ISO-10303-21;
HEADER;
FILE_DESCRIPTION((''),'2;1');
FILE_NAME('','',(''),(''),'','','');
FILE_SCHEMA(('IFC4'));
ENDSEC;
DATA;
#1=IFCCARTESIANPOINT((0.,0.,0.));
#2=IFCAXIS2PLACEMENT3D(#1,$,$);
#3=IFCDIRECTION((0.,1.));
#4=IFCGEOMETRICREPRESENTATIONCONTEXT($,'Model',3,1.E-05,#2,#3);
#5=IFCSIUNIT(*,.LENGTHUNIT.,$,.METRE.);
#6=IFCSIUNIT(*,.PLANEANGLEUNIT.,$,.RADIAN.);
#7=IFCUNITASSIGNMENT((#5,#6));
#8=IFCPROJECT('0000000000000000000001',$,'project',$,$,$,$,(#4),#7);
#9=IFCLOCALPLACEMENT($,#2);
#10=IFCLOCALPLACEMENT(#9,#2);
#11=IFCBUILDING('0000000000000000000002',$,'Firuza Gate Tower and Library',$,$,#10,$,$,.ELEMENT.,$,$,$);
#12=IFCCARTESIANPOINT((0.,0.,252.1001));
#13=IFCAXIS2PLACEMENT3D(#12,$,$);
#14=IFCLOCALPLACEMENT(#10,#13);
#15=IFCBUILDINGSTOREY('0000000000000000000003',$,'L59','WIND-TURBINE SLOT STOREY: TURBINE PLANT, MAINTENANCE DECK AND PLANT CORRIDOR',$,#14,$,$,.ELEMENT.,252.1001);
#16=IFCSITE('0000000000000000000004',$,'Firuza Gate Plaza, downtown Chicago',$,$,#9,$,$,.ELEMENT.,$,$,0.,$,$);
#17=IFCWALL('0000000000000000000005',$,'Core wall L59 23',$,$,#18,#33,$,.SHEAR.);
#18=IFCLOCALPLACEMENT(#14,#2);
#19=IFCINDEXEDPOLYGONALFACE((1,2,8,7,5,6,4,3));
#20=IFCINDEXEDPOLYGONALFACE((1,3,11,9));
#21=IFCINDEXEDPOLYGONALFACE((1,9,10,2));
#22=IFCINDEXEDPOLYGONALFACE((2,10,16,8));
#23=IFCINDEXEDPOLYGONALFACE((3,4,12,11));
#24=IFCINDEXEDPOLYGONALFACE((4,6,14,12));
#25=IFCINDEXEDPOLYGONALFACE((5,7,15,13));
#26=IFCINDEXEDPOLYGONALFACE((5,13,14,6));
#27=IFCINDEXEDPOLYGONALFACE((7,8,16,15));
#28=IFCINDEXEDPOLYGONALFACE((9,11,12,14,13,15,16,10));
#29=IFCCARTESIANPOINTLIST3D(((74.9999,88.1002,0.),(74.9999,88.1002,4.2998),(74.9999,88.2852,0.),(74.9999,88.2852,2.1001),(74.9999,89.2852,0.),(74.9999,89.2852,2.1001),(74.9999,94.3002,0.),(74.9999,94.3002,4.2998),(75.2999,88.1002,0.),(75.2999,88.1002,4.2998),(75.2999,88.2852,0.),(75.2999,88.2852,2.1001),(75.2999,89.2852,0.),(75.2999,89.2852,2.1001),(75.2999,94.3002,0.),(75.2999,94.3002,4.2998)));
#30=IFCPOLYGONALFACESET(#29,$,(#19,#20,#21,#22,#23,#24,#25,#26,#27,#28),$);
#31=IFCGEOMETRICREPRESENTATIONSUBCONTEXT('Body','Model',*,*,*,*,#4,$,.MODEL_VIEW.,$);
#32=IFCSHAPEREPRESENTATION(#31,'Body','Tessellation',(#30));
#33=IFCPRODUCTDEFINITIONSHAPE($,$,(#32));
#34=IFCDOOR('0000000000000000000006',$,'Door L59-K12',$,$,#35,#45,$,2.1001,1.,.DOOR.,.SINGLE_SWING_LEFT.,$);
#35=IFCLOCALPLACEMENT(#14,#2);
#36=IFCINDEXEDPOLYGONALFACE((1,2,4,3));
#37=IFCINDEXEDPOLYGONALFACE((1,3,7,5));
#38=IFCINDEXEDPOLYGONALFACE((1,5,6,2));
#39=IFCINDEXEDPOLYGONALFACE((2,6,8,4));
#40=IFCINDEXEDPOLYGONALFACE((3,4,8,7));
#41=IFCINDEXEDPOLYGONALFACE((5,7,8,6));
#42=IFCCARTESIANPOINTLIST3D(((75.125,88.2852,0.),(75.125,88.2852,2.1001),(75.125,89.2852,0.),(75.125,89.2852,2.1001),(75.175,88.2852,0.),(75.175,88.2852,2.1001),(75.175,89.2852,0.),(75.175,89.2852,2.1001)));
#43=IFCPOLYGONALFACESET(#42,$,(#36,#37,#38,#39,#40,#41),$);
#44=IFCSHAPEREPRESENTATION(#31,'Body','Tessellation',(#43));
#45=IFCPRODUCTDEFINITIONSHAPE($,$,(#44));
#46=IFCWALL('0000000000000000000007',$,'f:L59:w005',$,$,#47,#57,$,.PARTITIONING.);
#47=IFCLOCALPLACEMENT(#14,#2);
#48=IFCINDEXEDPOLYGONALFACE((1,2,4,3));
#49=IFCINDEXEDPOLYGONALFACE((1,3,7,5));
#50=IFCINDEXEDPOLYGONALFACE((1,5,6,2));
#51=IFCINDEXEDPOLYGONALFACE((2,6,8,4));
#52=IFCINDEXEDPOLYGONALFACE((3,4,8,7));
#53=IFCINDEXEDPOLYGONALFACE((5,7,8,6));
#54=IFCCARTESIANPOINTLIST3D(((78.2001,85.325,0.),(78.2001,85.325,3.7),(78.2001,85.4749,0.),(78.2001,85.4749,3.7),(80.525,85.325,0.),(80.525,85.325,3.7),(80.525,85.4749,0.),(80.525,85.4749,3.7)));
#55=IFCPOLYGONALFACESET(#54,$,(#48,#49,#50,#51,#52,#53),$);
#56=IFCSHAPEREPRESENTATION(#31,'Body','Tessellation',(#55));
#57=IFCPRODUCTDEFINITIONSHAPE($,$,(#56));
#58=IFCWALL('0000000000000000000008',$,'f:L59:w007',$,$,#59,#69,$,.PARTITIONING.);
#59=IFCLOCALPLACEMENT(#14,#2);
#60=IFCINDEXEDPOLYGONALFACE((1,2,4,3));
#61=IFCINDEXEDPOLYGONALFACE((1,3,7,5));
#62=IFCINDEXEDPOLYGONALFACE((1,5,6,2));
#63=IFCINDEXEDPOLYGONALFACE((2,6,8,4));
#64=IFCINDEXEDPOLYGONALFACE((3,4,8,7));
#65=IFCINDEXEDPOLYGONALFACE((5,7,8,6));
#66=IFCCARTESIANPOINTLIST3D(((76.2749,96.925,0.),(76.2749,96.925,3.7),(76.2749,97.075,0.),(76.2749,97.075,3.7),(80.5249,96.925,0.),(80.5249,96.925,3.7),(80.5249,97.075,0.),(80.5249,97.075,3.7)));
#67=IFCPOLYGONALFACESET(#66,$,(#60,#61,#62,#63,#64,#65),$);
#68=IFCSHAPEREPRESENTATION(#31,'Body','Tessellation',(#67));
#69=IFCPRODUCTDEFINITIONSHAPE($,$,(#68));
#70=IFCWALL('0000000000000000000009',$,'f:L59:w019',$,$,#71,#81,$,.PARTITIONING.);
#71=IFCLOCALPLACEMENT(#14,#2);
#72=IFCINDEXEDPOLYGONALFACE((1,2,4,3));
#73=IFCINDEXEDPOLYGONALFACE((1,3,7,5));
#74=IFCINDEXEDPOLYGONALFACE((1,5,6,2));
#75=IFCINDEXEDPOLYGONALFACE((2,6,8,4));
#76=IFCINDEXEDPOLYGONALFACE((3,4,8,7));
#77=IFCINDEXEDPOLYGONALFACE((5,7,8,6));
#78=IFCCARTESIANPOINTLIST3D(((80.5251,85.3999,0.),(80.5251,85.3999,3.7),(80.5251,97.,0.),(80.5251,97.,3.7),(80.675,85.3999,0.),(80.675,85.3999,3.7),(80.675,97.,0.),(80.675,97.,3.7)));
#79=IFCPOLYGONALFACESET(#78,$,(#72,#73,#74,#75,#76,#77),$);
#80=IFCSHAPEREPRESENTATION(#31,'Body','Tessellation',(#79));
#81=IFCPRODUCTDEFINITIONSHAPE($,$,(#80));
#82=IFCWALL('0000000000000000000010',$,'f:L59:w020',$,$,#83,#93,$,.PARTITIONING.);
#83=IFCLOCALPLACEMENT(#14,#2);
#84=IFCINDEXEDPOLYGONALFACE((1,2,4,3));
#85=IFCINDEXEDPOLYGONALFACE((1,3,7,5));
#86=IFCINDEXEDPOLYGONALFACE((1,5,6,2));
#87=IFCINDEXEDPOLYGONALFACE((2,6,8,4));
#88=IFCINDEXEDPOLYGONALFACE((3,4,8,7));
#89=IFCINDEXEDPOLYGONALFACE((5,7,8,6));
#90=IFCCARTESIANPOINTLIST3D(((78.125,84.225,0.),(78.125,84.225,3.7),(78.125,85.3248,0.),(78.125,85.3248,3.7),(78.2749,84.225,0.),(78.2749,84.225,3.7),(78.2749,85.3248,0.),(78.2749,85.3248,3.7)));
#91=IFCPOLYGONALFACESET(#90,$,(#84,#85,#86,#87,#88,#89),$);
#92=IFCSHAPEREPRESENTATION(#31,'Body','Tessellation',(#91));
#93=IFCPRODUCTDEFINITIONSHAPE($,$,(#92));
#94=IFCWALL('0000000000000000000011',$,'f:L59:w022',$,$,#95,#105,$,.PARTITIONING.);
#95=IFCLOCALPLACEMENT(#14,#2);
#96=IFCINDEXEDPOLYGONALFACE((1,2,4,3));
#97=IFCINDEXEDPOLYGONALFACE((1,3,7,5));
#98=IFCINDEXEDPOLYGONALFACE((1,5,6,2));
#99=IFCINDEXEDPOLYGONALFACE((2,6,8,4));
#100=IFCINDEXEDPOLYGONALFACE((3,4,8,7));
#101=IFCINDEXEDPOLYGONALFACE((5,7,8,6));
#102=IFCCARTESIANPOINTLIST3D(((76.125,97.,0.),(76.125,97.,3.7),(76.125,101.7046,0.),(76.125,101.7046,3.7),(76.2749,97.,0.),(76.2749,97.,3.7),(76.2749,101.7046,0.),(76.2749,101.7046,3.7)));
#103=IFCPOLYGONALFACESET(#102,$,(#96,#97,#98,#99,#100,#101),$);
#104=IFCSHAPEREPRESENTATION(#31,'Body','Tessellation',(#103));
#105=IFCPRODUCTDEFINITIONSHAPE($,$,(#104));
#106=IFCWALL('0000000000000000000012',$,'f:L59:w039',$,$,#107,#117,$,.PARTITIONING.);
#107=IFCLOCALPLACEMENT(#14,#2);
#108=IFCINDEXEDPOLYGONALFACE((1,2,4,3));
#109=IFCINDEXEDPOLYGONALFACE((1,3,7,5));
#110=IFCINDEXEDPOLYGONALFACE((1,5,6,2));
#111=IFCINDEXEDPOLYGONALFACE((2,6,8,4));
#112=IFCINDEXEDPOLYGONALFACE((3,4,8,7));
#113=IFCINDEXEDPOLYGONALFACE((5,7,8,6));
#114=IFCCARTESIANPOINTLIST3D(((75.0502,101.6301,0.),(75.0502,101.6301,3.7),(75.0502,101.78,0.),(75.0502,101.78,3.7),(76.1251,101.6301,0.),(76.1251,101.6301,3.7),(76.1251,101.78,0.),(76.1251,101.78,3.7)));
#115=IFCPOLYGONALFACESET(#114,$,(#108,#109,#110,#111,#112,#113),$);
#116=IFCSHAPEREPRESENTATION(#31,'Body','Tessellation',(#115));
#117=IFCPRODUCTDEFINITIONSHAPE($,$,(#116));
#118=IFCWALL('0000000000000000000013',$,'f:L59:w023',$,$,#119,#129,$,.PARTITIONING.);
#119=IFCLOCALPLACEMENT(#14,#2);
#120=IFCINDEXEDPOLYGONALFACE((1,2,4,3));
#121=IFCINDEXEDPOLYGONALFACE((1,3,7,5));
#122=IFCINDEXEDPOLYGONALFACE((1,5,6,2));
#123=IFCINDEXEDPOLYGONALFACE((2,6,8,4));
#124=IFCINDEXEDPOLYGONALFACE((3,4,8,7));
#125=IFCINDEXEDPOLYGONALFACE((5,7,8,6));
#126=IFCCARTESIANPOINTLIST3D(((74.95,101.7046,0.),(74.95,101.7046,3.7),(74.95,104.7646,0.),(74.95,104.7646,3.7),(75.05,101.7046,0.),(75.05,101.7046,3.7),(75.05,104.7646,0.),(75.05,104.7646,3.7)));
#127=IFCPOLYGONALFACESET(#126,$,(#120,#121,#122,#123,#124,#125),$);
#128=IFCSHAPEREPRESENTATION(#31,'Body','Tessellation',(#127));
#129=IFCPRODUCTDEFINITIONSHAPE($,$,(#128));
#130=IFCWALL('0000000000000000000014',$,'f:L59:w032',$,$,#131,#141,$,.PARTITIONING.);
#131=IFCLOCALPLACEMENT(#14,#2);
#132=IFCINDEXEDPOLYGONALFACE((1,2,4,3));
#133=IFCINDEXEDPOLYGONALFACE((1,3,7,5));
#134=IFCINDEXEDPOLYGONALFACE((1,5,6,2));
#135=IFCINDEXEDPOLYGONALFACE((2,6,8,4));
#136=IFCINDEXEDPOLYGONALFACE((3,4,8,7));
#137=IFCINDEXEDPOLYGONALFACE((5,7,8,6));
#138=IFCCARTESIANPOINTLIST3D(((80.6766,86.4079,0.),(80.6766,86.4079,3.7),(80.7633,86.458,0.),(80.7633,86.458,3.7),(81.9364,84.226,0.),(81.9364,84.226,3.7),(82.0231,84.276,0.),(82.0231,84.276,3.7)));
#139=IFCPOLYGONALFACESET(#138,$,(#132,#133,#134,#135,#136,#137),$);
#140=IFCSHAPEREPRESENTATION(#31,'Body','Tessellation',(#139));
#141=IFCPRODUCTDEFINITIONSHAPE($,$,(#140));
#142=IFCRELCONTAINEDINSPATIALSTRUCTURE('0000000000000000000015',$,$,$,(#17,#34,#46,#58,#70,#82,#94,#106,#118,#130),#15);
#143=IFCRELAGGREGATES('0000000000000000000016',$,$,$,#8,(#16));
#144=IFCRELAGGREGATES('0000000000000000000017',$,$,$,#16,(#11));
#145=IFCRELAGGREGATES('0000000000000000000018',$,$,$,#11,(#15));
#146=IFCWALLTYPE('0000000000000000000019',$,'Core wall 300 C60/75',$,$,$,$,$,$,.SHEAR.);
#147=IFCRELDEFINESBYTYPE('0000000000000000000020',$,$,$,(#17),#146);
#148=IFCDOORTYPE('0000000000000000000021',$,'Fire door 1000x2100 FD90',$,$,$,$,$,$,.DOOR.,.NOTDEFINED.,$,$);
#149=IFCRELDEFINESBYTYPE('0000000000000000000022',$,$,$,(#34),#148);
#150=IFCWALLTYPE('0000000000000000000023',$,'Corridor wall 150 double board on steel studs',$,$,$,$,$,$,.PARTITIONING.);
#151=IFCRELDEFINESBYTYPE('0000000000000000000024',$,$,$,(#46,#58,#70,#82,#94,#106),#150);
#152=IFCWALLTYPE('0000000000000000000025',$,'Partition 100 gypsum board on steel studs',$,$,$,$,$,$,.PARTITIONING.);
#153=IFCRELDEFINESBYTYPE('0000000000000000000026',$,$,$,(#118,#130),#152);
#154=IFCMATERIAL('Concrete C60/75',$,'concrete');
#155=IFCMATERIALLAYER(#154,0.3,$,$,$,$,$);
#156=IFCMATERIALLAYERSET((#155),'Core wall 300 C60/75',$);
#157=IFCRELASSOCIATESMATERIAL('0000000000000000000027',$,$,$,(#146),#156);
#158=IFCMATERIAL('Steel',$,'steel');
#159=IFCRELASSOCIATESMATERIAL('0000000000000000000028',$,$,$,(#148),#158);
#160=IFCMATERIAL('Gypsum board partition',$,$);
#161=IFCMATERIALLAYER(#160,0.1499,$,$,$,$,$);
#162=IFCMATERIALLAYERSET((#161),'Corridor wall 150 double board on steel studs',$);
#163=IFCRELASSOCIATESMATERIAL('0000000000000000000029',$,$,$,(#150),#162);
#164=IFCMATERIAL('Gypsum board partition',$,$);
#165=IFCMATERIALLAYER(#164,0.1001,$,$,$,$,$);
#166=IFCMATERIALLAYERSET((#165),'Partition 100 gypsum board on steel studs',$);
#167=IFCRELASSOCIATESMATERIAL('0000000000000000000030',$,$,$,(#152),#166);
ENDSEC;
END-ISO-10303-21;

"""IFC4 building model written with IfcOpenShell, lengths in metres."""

from ifc_helpers import new_model, si_unit, direction, frame, frame_2d, origin, place, context, subcontext, project, spatial, rectangle, extrude, material, layer, layer_set, type_object, element, fill, save


model = new_model("IFC4")

# Units and contexts
model_context = context("Model", 3, precision=1e-05, world=origin(), true_north=direction((0.0, 1.0)))
body_context = subcontext(model_context, "Body", "Model", "MODEL_VIEW")
ifc_project = project(units=[si_unit("LENGTHUNIT", "METRE"), si_unit("PLANEANGLEUNIT", "RADIAN")], contexts=[model_context])

# Site, building, storey
site_placement = place(None, origin())
site = spatial("IfcSite", under=ifc_project, at=site_placement, Name="Firuza Gate Plaza, downtown Chicago", CompositionType="ELEMENT", RefElevation=0.0)
building_placement = place(site_placement, origin())
building = spatial("IfcBuilding", under=site, at=building_placement, Name="Firuza Gate Tower and Library", CompositionType="ELEMENT")
storey_placement = place(building_placement, frame((0.0, 0.0, 252.1001)))
storey = spatial("IfcBuildingStorey", under=building, at=storey_placement, Name="L59", Description="WIND-TURBINE SLOT STOREY: TURBINE PLANT, MAINTENANCE DECK AND PLANT CORRIDOR", CompositionType="ELEMENT", Elevation=252.1001)

# Shared definitions
ifc_material_1 = material(Name="Concrete C60/75", Category="concrete")
ifc_layer_1 = layer(ifc_material_1, 0.3)
ifc_layer_set_1 = layer_set([ifc_layer_1], Name="Core wall 300 C60/75")
wall_type_1 = type_object("IfcWallType", Name="Core wall 300 C60/75", PredefinedType="SHEAR", material=ifc_layer_set_1)

# Wall, opening, door
wall_1_placement = place(storey_placement, frame((75.1499, 88.1001, 0.0), z_axis=(0.0, 0.0, 1.0), x_axis=(0.0, 1.0, 0.0)))
wall_1 = element("IfcWall", 1, at=wall_1_placement, inside=storey, type_object=wall_type_1, Name="Core wall L59 23", PredefinedType="SHEAR", context=body_context, shape_type="SweptSolid", body=[
    extrude(rectangle(XDim=6.2, YDim=0.3, at=frame_2d((3.1001, 0.0))), origin(), (0.0, 0.0, 1.0), 4.2998),
])
opening_1_placement = place(wall_1_placement, frame((0.1851, 0.0, 0.0)))
opening_1 = element("IfcOpeningElement", 2, at=opening_1_placement, cuts=wall_1, PredefinedType="OPENING", context=body_context, shape_type="SweptSolid", body=[
    extrude(rectangle(XDim=1.0, YDim=2.1001, at=frame_2d((0.5, 1.05))), frame((0.0, 0.1602, 0.0), z_axis=(0.0, -1.0, 0.0), x_axis=(1.0, 0.0, 0.0)), (0.0, 0.0, 1.0), 0.3201),
])
ifc_material_2 = material(Name="Steel", Category="steel")
door_type_1 = type_object("IfcDoorType", Name="Fire door 1000x2100 FD90", OperationType="NOTDEFINED", PredefinedType="DOOR", material=ifc_material_2)
door_1_placement = place(opening_1_placement, origin())
door_1 = element("IfcDoor", 3, at=door_1_placement, inside=storey, type_object=door_type_1, Name="Door L59-K12", OperationType="SINGLE_SWING_LEFT", OverallHeight=2.1001, OverallWidth=1.0, PredefinedType="DOOR", context=body_context, shape_type="SweptSolid", body=[
    extrude(rectangle(XDim=1.0, YDim=2.1001, at=frame_2d((0.5, 1.05))), frame((0.0, 0.0249, 0.0), z_axis=(0.0, -1.0, 0.0), x_axis=(1.0, 0.0, 0.0)), (0.0, 0.0, 1.0), 0.05),
])
fill(opening_1, door_1)

# Walls
ifc_material_3 = material(Name="Gypsum board partition")
ifc_layer_2 = layer(ifc_material_3, 0.1499)
ifc_layer_set_2 = layer_set([ifc_layer_2], Name="Corridor wall 150 double board on steel studs")
wall_type_2 = type_object("IfcWallType", Name="Corridor wall 150 double board on steel studs", PredefinedType="PARTITIONING", material=ifc_layer_set_2)
wall_2_placement = place(storey_placement, frame((78.2, 85.3999, 0.0), z_axis=(0.0, 0.0, 1.0), x_axis=(1.0, 0.0, 0.0)))
element("IfcWall", 4, at=wall_2_placement, inside=storey, type_object=wall_type_2, Name="f:L59:w005", PredefinedType="PARTITIONING", context=body_context, shape_type="SweptSolid", body=[
    extrude(rectangle(XDim=2.325, YDim=0.1499, at=frame_2d((1.1626, 0.0))), origin(), (0.0, 0.0, 1.0), 3.7),
])
wall_3_placement = place(storey_placement, frame((76.2749, 97.0, 0.0), z_axis=(0.0, 0.0, 1.0), x_axis=(1.0, 0.0, 0.0)))
element("IfcWall", 5, at=wall_3_placement, inside=storey, type_object=wall_type_2, Name="f:L59:w007", PredefinedType="PARTITIONING", context=body_context, shape_type="SweptSolid", body=[
    extrude(rectangle(XDim=4.25, YDim=0.1499, at=frame_2d((2.125, 0.0))), origin(), (0.0, 0.0, 1.0), 3.7),
])
wall_4_placement = place(storey_placement, frame((80.6001, 85.3999, 0.0), z_axis=(0.0, 0.0, 1.0), x_axis=(0.0, 1.0, 0.0)))
element("IfcWall", 6, at=wall_4_placement, inside=storey, type_object=wall_type_2, Name="f:L59:w019", PredefinedType="PARTITIONING", context=body_context, shape_type="SweptSolid", body=[
    extrude(rectangle(XDim=11.6001, YDim=0.1499, at=frame_2d((5.8, 0.0))), origin(), (0.0, 0.0, 1.0), 3.7),
])
wall_5_placement = place(storey_placement, frame((78.2, 84.2251, 0.0), z_axis=(0.0, 0.0, 1.0), x_axis=(0.0, 1.0, 0.0)))
element("IfcWall", 7, at=wall_5_placement, inside=storey, type_object=wall_type_2, Name="f:L59:w020", PredefinedType="PARTITIONING", context=body_context, shape_type="SweptSolid", body=[
    extrude(rectangle(XDim=1.0999, YDim=0.1499, at=frame_2d((0.5498, 0.0))), origin(), (0.0, 0.0, 1.0), 3.7),
])
wall_6_placement = place(storey_placement, frame((76.2, 97.0, 0.0), z_axis=(0.0, 0.0, 1.0), x_axis=(0.0, 1.0, 0.0)))
element("IfcWall", 8, at=wall_6_placement, inside=storey, type_object=wall_type_2, Name="f:L59:w022", PredefinedType="PARTITIONING", context=body_context, shape_type="SweptSolid", body=[
    extrude(rectangle(XDim=4.7046, YDim=0.1499, at=frame_2d((2.3523, 0.0))), origin(), (0.0, 0.0, 1.0), 3.7),
])
wall_7_placement = place(storey_placement, frame((75.05, 101.7051, 0.0), z_axis=(0.0, 0.0, 1.0), x_axis=(1.0, 0.0, 0.0)))
element("IfcWall", 9, at=wall_7_placement, inside=storey, type_object=wall_type_2, Name="f:L59:w039", PredefinedType="PARTITIONING", context=body_context, shape_type="SweptSolid", body=[
    extrude(rectangle(XDim=1.075, YDim=0.1499, at=frame_2d((0.5376, 0.0))), origin(), (0.0, 0.0, 1.0), 3.7),
])
ifc_material_4 = material(Name="Gypsum board partition")
ifc_layer_3 = layer(ifc_material_4, 0.1001)
ifc_layer_set_3 = layer_set([ifc_layer_3], Name="Partition 100 gypsum board on steel studs")
wall_type_3 = type_object("IfcWallType", Name="Partition 100 gypsum board on steel studs", PredefinedType="PARTITIONING", material=ifc_layer_set_3)
wall_8_placement = place(storey_placement, frame((75.0, 101.7046, 0.0), z_axis=(0.0, 0.0, 1.0), x_axis=(0.0, 1.0, 0.0)))
element("IfcWall", 10, at=wall_8_placement, inside=storey, type_object=wall_type_3, Name="f:L59:w023", PredefinedType="PARTITIONING", context=body_context, shape_type="SweptSolid", body=[
    extrude(rectangle(XDim=3.0601, YDim=0.1001, at=frame_2d((1.53, 0.0))), origin(), (0.0, 0.0, 1.0), 3.7),
])
wall_9_placement = place(storey_placement, frame((81.9797, 84.251, 0.0), z_axis=(0.0, 0.0, 1.0), x_axis=(-0.500016, 0.866016, 0.0)))
element("IfcWall", 11, at=wall_9_placement, inside=storey, type_object=wall_type_3, Name="f:L59:w032", PredefinedType="PARTITIONING", context=body_context, shape_type="SweptSolid", body=[
    extrude(rectangle(XDim=2.5195, YDim=0.1001, at=frame_2d((1.2598, 0.0))), origin(), (0.0, 0.0, 1.0), 3.7),
])

save(model, "model.ifc")
